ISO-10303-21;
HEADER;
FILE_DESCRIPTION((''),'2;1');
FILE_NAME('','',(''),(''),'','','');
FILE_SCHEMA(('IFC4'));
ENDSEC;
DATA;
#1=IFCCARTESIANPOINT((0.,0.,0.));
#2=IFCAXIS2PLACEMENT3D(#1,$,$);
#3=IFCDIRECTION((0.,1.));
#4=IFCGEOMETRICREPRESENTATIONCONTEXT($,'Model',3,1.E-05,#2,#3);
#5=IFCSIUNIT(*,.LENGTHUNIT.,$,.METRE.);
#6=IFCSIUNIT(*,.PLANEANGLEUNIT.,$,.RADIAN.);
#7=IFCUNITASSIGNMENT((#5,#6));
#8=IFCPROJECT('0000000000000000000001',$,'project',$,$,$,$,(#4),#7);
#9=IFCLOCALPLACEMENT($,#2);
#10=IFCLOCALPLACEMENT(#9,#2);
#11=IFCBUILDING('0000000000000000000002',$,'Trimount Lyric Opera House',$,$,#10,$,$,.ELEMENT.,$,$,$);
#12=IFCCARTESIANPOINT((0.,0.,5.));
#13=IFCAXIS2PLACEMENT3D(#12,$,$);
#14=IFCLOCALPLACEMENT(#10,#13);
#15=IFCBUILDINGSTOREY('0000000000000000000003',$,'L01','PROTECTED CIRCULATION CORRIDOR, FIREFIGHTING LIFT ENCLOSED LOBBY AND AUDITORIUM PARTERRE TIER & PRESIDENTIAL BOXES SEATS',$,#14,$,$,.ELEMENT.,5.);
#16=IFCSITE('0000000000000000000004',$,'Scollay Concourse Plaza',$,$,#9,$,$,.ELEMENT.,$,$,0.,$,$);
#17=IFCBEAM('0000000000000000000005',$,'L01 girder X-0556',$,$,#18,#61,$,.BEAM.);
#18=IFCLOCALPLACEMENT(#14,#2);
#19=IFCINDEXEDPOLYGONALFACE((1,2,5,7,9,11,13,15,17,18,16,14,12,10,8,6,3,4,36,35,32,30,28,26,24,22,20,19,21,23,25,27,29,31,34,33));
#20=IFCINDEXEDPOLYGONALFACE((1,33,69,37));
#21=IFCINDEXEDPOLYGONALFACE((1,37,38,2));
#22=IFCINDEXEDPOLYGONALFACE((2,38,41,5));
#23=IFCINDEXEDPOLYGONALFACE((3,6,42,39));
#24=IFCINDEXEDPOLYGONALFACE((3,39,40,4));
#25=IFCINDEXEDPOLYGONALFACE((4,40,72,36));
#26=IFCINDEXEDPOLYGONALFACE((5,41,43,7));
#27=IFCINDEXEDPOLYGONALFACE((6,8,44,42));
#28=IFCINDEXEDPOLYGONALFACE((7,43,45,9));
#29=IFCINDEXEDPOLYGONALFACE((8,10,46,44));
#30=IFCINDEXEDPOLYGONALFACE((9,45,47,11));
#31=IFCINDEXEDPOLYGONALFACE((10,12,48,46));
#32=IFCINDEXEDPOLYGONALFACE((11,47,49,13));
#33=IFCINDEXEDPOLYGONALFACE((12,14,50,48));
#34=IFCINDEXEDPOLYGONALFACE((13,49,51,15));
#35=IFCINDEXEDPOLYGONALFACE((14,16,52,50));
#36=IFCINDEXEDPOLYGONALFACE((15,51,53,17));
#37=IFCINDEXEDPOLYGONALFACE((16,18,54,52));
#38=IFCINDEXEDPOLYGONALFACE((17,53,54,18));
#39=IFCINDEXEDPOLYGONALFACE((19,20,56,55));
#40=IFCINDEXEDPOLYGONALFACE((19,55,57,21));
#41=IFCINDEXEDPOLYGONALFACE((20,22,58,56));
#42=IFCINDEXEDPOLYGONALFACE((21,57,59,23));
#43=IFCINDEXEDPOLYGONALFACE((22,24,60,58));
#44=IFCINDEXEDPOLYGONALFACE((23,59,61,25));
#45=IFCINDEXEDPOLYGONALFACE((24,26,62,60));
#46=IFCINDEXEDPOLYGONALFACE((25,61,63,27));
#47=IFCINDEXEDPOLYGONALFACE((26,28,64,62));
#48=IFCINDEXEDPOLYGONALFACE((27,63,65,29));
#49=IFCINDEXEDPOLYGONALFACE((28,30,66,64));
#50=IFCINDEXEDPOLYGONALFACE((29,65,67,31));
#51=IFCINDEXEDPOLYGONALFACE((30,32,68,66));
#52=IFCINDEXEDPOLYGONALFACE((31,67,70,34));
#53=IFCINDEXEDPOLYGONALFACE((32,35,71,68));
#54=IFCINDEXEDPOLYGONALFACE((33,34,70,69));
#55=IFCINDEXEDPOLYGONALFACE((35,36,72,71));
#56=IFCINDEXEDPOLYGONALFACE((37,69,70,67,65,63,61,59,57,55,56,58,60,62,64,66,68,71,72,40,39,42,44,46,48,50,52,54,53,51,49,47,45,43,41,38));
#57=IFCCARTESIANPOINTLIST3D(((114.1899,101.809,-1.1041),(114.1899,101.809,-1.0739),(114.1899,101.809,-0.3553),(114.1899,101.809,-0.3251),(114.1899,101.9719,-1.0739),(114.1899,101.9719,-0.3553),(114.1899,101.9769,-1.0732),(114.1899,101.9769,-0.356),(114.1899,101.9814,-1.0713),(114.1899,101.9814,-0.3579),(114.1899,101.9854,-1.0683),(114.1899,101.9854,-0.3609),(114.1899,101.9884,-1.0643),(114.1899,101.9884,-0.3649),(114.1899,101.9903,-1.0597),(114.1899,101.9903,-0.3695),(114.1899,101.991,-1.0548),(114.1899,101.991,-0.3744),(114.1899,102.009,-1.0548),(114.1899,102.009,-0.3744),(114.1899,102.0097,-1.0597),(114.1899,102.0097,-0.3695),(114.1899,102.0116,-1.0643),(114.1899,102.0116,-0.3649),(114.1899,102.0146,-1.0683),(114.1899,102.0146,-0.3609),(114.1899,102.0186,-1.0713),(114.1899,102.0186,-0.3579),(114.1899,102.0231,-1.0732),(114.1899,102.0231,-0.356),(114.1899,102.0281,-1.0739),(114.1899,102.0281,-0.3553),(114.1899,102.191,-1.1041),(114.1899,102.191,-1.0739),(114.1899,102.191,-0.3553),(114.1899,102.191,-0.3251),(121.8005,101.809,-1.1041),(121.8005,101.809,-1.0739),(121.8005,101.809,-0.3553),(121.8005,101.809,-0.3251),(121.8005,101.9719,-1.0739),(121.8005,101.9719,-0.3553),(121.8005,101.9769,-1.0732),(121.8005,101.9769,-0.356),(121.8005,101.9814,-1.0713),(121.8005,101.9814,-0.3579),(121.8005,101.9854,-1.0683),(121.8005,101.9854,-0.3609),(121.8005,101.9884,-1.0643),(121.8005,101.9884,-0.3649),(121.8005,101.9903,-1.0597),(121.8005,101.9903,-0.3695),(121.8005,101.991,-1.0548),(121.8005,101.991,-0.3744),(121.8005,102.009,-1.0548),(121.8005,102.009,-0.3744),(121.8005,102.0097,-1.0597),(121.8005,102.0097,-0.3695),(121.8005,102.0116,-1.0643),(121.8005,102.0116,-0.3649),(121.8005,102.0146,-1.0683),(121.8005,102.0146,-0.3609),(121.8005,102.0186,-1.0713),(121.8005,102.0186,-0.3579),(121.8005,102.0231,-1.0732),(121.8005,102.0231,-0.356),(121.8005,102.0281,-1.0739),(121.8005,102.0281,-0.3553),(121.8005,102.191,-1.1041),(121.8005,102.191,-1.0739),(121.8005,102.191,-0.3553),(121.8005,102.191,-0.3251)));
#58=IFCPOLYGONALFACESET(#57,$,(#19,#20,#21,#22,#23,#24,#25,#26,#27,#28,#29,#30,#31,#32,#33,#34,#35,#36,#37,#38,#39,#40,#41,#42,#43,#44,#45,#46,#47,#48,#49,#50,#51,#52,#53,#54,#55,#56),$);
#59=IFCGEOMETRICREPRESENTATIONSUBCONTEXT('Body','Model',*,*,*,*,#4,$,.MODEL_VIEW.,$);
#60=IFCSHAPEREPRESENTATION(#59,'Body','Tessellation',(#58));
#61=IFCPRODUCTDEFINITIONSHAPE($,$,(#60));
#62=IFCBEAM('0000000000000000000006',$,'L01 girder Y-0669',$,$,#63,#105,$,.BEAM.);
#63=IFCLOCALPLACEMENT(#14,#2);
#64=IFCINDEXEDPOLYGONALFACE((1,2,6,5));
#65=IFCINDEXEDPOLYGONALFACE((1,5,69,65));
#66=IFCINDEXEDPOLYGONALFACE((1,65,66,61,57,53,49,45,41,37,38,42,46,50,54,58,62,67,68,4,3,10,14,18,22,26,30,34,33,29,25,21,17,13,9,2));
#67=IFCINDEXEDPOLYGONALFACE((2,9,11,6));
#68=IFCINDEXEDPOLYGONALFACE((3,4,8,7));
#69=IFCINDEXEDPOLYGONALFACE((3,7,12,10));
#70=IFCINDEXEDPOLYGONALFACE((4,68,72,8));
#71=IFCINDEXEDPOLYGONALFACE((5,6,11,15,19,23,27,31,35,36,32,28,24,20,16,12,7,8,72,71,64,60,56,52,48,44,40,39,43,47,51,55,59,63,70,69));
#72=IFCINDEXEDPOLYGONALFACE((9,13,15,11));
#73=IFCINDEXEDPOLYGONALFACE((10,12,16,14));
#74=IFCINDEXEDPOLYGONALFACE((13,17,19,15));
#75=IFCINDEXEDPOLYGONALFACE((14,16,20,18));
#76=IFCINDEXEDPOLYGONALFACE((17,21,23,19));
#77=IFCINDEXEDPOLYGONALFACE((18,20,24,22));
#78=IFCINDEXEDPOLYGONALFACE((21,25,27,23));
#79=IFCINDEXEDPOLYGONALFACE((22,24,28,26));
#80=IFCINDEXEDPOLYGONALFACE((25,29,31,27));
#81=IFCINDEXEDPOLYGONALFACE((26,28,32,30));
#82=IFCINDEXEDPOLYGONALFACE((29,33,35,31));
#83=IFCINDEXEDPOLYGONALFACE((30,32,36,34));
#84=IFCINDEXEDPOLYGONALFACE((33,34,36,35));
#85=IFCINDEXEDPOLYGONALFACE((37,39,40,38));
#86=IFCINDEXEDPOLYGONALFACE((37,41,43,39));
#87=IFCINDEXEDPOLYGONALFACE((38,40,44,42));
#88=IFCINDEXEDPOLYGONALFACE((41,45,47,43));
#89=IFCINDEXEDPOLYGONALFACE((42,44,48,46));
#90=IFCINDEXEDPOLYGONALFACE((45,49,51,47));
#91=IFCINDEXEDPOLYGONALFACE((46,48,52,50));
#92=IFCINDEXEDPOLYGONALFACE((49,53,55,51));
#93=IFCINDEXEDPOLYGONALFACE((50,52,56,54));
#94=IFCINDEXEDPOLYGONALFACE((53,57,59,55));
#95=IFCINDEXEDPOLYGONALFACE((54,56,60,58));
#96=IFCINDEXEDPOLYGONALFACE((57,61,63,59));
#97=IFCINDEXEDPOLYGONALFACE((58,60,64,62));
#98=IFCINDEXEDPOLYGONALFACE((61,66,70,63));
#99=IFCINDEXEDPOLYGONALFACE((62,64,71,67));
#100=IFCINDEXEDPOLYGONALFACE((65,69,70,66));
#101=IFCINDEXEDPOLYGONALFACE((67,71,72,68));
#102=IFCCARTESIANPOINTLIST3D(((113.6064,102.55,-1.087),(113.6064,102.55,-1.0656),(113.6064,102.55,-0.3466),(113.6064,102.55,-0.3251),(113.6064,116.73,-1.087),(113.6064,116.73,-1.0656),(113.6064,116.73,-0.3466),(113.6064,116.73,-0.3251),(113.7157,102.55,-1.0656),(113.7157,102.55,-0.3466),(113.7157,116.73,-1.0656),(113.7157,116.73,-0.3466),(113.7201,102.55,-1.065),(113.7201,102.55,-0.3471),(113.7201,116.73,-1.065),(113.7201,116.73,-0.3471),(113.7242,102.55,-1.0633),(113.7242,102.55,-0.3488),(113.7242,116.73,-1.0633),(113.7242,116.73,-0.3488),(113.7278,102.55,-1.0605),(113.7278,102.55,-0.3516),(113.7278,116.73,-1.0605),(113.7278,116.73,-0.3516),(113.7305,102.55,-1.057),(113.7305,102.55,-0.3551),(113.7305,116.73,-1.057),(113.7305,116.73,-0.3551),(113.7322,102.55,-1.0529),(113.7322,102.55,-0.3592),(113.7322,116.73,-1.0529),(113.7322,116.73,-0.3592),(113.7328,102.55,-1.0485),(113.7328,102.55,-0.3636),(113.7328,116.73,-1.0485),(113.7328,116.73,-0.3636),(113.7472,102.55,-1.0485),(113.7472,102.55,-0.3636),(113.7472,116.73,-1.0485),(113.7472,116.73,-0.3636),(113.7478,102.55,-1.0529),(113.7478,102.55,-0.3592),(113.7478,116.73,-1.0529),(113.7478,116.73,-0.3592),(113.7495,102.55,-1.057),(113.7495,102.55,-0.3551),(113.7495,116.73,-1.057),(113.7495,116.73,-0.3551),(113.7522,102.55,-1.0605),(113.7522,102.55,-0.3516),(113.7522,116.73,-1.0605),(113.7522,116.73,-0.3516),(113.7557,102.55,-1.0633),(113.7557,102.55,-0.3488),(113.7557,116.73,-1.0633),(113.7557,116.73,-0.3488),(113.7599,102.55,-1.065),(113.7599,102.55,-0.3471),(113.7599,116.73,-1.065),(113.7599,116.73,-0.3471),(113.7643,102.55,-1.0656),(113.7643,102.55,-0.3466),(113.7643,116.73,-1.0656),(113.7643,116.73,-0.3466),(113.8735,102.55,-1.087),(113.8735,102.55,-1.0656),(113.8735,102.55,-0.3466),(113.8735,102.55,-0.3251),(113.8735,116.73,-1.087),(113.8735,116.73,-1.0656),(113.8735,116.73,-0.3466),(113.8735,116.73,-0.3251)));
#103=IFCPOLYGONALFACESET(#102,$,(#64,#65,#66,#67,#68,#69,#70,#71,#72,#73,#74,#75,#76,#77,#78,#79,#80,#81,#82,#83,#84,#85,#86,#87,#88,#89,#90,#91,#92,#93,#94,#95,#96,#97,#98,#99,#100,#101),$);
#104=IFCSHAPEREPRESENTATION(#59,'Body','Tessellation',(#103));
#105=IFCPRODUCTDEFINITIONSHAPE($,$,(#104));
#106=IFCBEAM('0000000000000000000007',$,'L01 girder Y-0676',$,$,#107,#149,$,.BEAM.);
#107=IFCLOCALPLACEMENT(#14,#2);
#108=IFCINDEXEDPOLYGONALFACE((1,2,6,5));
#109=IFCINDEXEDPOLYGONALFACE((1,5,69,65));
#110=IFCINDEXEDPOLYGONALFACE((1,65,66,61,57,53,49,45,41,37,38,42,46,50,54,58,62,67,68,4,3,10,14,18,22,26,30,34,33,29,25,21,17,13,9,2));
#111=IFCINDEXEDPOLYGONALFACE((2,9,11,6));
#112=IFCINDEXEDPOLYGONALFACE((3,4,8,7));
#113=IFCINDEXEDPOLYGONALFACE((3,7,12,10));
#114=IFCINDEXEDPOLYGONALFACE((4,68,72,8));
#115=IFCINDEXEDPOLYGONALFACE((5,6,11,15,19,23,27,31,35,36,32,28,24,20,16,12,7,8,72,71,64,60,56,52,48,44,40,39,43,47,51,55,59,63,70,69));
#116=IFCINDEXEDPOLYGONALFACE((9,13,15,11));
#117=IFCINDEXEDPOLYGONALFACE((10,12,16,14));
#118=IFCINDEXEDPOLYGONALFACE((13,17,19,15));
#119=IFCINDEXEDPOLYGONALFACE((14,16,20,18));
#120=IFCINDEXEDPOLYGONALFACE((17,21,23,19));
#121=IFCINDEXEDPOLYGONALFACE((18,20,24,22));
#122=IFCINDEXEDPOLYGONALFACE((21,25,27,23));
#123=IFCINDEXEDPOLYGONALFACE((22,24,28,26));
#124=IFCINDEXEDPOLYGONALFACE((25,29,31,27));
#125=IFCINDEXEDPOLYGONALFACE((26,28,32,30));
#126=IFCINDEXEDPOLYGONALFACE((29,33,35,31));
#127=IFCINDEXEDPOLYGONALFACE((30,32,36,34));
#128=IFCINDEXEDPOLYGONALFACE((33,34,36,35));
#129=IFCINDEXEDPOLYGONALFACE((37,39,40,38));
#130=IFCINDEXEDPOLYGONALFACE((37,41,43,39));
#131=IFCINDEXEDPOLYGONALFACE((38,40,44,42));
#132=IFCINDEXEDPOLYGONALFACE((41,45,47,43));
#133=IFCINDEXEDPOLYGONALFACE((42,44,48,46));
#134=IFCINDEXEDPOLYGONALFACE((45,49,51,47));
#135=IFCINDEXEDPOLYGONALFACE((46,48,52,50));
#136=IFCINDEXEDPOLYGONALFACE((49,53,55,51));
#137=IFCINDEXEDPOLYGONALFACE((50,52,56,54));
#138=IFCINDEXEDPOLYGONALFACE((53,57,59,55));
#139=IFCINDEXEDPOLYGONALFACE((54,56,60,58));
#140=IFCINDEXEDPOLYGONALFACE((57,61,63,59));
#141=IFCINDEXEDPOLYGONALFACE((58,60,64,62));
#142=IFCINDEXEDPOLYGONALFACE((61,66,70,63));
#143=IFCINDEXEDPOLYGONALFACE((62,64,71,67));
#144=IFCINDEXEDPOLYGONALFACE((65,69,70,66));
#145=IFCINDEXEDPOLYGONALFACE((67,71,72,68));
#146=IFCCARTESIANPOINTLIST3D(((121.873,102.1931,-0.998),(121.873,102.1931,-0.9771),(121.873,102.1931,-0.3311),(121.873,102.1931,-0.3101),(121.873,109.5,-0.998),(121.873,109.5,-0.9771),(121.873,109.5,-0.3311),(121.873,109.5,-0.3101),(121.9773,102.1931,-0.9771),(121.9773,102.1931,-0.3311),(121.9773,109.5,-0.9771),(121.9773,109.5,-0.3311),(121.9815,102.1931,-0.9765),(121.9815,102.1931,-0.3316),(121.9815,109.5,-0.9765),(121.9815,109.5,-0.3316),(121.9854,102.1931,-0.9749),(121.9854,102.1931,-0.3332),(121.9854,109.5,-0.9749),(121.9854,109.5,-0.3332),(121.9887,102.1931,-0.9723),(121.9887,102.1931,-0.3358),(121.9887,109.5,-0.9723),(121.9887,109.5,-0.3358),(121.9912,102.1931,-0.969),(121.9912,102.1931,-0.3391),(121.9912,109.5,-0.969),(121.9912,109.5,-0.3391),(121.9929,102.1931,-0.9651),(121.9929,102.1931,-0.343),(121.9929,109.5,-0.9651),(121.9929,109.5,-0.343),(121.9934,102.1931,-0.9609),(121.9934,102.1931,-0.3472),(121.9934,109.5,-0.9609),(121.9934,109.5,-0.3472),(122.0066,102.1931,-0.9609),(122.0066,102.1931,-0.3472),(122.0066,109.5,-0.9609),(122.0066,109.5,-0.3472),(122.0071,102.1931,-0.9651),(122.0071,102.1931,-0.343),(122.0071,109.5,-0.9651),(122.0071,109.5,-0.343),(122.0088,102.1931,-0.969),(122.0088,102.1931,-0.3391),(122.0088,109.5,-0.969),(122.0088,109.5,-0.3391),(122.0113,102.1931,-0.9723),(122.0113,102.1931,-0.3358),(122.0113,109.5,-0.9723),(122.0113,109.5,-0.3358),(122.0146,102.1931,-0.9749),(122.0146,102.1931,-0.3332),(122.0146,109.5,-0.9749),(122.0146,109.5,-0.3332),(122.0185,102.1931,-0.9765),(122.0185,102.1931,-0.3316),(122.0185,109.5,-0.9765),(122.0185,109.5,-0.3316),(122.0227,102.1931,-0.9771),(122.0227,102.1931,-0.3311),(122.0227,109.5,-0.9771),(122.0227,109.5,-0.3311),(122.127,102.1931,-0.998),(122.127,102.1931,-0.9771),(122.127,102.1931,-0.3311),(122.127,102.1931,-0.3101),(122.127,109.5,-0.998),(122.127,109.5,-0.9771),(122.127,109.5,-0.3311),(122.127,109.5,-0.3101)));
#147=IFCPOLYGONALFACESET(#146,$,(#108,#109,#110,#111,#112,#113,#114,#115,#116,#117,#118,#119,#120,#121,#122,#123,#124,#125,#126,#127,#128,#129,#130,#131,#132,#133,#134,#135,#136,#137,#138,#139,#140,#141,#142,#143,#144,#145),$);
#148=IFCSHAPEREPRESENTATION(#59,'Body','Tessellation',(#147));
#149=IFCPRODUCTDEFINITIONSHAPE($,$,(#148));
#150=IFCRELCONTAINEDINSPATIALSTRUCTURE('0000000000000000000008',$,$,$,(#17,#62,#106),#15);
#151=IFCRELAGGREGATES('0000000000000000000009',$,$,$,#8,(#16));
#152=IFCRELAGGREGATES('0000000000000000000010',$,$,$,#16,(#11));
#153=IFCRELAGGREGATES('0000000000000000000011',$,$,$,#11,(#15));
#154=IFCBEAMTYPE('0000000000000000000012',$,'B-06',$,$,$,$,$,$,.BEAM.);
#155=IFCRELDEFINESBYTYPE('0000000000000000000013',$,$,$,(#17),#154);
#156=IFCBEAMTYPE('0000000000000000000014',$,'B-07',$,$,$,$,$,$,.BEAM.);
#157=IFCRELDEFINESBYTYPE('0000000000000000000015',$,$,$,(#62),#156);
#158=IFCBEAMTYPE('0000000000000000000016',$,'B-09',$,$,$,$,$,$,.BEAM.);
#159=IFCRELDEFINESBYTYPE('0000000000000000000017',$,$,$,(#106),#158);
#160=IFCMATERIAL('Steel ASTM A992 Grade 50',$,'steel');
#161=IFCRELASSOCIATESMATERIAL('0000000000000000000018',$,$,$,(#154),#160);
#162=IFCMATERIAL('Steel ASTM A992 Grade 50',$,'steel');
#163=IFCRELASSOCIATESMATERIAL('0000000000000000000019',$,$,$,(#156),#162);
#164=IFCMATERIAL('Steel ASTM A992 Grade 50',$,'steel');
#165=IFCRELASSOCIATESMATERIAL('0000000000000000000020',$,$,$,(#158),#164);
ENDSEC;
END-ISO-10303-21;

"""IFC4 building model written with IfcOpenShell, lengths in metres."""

from ifc_helpers import new_model, si_unit, direction, frame, origin, origin_2d, place, context, subcontext, project, spatial, i_section, extrude, material, material_profile, profile_set, type_object, element, save


model = new_model("IFC4")

# Units and contexts
model_context = context("Model", 3, precision=1e-05, world=origin(), true_north=direction((0.0, 1.0)))
body_context = subcontext(model_context, "Body", "Model", "MODEL_VIEW")
ifc_project = project(units=[si_unit("LENGTHUNIT", "METRE"), si_unit("PLANEANGLEUNIT", "RADIAN")], contexts=[model_context])

# Site, building, storey
site_placement = place(None, origin())
site = spatial("IfcSite", under=ifc_project, at=site_placement, Name="Scollay Concourse Plaza", CompositionType="ELEMENT", RefElevation=0.0)
building_placement = place(site_placement, origin())
building = spatial("IfcBuilding", under=site, at=building_placement, Name="Trimount Lyric Opera House", CompositionType="ELEMENT")
storey_placement = place(building_placement, frame((0.0, 0.0, 5.0)))
storey = spatial("IfcBuildingStorey", under=building, at=storey_placement, Name="L01", Description="PROTECTED CIRCULATION CORRIDOR, FIREFIGHTING LIFT ENCLOSED LOBBY AND AUDITORIUM PARTERRE TIER & PRESIDENTIAL BOXES SEATS", CompositionType="ELEMENT", Elevation=5.0)

# Beams
ifc_material_1 = material(Name="Steel ASTM A992 Grade 50", Category="steel")
ifc_material_profile_1 = material_profile(ifc_material_1, i_section(OverallWidth=0.3821, OverallDepth=0.7791, WebThickness=0.0181, FlangeThickness=0.0303, FilletRadius=0.019, at=origin_2d()), Name="W30X191")
ifc_profile_set_1 = profile_set([ifc_material_profile_1], Name="Steel ASTM A992 Grade 50")
beam_type_1 = type_object("IfcBeamType", Name="B-06", PredefinedType="BEAM", material=ifc_profile_set_1)
beam_1_placement = place(storey_placement, frame((114.1899, 102.0, -0.7146), z_axis=(1.0, 0.0, 0.0), x_axis=(0.0, 1.0, 0.0)))
element("IfcBeam", 1, at=beam_1_placement, inside=storey, type_object=beam_type_1, Name="L01 girder X-0556", PredefinedType="BEAM", context=body_context, shape_type="SweptSolid", body=[
    extrude(i_section(OverallWidth=0.3821, OverallDepth=0.7791, WebThickness=0.0181, FlangeThickness=0.0303, FilletRadius=0.019, at=origin_2d()), origin(), (0.0, 0.0, 1.0), 7.6106),
])
ifc_material_2 = material(Name="Steel ASTM A992 Grade 50", Category="steel")
ifc_material_profile_2 = material_profile(ifc_material_2, i_section(OverallWidth=0.2671, OverallDepth=0.762, WebThickness=0.0144, FlangeThickness=0.0215, FilletRadius=0.0171, at=origin_2d()), Name="W30X116")
ifc_profile_set_2 = profile_set([ifc_material_profile_2], Name="Steel ASTM A992 Grade 50")
beam_type_2 = type_object("IfcBeamType", Name="B-07", PredefinedType="BEAM", material=ifc_profile_set_2)
beam_2_placement = place(storey_placement, frame((113.74, 102.55, -0.7061), z_axis=(0.0, 1.0, 0.0), x_axis=(-1.0, 0.0, 0.0)))
element("IfcBeam", 2, at=beam_2_placement, inside=storey, type_object=beam_type_2, Name="L01 girder Y-0669", PredefinedType="BEAM", context=body_context, shape_type="SweptSolid", body=[
    extrude(i_section(OverallWidth=0.2671, OverallDepth=0.762, WebThickness=0.0144, FlangeThickness=0.0215, FilletRadius=0.0171, at=origin_2d()), origin(), (0.0, 0.0, 1.0), 14.1799),
])
ifc_material_3 = material(Name="Steel ASTM A992 Grade 50", Category="steel")
ifc_material_profile_3 = material_profile(ifc_material_3, i_section(OverallWidth=0.2539, OverallDepth=0.688, WebThickness=0.0132, FlangeThickness=0.021, FilletRadius=0.0161, at=origin_2d()), Name="W27X102")
ifc_profile_set_3 = profile_set([ifc_material_profile_3], Name="Steel ASTM A992 Grade 50")
beam_type_3 = type_object("IfcBeamType", Name="B-09", PredefinedType="BEAM", material=ifc_profile_set_3)
beam_3_placement = place(storey_placement, frame((122.0, 102.1931, -0.6541), z_axis=(0.0, 1.0, 0.0), x_axis=(-1.0, 0.0, 0.0)))
element("IfcBeam", 3, at=beam_3_placement, inside=storey, type_object=beam_type_3, Name="L01 girder Y-0676", PredefinedType="BEAM", context=body_context, shape_type="SweptSolid", body=[
    extrude(i_section(OverallWidth=0.2539, OverallDepth=0.688, WebThickness=0.0132, FlangeThickness=0.021, FilletRadius=0.0161, at=origin_2d()), origin(), (0.0, 0.0, 1.0), 7.3069),
])

save(model, "model.ifc")
